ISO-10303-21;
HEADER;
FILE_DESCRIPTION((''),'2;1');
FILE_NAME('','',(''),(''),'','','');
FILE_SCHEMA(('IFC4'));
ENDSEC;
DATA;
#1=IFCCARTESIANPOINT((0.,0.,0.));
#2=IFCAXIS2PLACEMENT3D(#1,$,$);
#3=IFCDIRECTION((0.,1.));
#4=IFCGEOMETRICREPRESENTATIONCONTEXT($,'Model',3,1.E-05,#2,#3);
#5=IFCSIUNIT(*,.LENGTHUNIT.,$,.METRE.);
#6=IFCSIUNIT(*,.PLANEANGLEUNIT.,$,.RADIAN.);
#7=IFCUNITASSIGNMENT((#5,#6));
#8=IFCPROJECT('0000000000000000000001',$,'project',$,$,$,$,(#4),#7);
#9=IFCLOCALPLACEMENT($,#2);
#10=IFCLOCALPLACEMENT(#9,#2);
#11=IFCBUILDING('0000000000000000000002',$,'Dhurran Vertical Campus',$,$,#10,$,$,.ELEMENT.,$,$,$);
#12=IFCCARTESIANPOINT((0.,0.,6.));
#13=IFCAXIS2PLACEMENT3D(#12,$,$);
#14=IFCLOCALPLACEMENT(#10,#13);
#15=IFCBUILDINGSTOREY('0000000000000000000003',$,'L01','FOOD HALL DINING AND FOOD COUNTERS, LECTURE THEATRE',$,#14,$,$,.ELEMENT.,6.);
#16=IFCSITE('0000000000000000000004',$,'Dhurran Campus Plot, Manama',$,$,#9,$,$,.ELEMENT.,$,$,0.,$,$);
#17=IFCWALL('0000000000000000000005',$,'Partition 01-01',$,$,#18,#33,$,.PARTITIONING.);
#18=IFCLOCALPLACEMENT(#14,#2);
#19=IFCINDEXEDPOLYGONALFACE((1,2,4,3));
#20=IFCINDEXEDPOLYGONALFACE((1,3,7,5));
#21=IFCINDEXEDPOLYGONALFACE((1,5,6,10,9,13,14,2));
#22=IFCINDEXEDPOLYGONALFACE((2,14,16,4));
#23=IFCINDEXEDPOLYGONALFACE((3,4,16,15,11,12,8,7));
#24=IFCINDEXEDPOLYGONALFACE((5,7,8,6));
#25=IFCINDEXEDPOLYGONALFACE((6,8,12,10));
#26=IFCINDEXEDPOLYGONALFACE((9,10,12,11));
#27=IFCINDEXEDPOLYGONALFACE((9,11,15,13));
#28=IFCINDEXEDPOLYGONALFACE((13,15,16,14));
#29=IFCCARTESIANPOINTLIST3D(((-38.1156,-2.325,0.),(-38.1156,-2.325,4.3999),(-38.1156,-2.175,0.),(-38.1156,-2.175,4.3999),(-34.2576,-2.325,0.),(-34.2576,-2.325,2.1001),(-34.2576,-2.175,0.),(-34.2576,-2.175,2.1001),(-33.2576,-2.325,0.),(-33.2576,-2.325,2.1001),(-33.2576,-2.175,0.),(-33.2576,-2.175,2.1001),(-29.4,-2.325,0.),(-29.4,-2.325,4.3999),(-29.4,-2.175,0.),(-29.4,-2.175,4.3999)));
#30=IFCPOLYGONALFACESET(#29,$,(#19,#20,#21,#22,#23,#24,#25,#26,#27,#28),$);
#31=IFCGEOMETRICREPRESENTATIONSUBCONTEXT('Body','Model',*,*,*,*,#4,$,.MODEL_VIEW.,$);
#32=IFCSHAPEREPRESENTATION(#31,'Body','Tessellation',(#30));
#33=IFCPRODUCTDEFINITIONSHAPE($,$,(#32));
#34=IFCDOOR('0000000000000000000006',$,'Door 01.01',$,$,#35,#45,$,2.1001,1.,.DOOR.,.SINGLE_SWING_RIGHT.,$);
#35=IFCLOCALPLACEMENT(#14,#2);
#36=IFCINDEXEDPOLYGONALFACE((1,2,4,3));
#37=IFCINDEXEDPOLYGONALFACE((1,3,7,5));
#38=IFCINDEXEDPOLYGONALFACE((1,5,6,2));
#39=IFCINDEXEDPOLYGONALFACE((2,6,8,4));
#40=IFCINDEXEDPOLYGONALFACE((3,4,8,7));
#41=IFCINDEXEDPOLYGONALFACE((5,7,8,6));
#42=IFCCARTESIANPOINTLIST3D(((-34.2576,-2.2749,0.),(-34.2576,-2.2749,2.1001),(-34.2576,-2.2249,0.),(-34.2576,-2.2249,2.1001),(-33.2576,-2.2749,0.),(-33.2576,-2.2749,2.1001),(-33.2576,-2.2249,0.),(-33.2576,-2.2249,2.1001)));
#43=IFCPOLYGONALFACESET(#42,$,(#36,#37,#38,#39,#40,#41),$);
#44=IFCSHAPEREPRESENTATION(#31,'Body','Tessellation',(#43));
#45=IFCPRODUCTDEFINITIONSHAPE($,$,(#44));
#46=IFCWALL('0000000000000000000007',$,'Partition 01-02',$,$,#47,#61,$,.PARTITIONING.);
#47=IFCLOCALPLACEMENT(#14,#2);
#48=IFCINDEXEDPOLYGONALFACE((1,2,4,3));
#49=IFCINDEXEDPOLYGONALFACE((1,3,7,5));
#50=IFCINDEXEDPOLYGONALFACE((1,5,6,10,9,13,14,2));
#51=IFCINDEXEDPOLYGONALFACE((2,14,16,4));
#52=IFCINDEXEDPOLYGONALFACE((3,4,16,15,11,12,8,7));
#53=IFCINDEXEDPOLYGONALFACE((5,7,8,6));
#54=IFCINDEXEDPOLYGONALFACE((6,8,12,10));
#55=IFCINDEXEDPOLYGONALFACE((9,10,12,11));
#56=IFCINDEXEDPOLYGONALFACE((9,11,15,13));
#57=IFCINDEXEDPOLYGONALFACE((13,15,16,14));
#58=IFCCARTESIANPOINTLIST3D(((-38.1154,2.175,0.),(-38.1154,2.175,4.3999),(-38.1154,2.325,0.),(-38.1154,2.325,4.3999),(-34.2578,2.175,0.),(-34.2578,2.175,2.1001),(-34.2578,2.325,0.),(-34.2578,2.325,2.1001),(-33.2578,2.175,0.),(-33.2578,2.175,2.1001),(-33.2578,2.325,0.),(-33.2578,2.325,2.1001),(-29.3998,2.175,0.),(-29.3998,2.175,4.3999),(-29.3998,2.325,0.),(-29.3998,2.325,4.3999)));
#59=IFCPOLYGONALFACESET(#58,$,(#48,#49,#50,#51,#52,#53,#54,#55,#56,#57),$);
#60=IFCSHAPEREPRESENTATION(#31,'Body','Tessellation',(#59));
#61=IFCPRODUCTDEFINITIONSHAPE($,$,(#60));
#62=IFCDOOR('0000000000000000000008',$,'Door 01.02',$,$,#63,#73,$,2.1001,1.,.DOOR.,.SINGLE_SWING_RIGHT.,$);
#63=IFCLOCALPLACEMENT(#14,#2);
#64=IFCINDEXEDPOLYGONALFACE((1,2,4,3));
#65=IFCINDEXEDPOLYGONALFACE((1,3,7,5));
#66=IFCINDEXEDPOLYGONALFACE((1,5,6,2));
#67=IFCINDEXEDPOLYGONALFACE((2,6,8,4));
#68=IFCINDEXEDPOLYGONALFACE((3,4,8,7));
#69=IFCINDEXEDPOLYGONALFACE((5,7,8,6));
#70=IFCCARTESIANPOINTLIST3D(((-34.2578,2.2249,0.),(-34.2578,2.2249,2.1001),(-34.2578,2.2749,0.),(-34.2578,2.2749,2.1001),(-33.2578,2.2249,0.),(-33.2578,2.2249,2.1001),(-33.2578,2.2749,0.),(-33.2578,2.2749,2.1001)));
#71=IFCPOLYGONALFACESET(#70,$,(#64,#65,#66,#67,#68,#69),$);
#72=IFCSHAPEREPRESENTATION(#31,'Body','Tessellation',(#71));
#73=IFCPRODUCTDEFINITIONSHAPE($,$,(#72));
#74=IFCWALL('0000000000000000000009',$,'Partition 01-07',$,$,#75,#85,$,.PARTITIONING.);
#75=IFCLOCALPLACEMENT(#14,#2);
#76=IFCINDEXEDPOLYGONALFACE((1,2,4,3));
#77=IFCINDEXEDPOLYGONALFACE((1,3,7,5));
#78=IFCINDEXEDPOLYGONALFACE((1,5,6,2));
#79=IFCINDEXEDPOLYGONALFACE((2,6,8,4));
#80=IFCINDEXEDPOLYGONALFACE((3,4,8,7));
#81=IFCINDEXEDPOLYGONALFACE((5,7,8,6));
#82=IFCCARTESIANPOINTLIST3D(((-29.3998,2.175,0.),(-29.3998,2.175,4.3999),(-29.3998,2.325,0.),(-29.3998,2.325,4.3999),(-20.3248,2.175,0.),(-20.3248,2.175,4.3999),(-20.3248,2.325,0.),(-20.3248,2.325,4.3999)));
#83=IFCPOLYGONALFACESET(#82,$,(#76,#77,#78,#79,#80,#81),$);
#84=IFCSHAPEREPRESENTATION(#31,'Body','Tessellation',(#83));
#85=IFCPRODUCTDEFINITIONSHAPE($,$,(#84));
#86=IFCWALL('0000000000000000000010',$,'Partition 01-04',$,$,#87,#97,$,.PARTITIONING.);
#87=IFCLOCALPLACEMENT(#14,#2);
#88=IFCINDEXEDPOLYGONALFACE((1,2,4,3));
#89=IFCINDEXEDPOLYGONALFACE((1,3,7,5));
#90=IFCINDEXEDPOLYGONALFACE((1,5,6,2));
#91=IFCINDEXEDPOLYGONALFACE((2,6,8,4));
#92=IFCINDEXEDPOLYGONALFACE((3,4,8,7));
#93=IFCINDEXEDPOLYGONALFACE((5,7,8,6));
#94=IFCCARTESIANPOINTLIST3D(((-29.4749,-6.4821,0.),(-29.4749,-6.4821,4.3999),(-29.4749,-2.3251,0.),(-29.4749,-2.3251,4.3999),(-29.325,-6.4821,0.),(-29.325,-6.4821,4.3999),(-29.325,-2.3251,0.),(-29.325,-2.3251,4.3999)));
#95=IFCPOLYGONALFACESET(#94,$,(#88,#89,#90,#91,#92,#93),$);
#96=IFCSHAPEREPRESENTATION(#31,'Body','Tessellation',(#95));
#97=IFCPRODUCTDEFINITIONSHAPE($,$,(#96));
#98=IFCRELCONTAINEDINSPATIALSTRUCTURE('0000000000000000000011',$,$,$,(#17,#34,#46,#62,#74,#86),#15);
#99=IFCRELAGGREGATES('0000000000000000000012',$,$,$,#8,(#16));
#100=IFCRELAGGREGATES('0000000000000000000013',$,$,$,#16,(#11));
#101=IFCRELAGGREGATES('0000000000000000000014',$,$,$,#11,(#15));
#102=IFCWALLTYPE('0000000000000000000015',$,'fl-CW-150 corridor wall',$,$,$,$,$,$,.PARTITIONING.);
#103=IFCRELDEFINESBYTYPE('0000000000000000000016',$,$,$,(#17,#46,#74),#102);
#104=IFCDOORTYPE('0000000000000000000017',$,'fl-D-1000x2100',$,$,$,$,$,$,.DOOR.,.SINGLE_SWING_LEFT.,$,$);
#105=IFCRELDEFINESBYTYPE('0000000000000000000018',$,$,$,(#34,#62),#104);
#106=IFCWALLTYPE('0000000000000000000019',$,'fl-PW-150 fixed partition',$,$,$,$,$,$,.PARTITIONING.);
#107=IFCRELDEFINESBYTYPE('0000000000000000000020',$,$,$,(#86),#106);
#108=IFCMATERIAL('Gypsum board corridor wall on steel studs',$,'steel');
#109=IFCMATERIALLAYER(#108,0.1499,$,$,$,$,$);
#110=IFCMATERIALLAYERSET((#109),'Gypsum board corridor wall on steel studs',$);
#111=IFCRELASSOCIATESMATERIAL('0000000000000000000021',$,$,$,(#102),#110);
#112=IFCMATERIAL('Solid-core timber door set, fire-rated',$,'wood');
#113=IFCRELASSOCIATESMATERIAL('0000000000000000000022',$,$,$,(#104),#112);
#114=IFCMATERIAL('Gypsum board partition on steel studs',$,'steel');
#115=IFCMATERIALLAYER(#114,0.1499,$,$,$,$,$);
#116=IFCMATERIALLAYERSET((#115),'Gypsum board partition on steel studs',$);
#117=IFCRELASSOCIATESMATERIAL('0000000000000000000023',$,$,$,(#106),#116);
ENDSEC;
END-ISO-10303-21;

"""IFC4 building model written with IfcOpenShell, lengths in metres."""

from ifc_helpers import new_model, si_unit, direction, frame, frame_2d, origin, place, context, subcontext, project, spatial, rectangle, extrude, material, layer, layer_set, type_object, element, fill, save


model = new_model("IFC4")

# Units and contexts
model_context = context("Model", 3, precision=1e-05, world=origin(), true_north=direction((0.0, 1.0)))
body_context = subcontext(model_context, "Body", "Model", "MODEL_VIEW")
ifc_project = project(units=[si_unit("LENGTHUNIT", "METRE"), si_unit("PLANEANGLEUNIT", "RADIAN")], contexts=[model_context])

# Site, building, storey
site_placement = place(None, origin())
site = spatial("IfcSite", under=ifc_project, at=site_placement, Name="Dhurran Campus Plot, Manama", CompositionType="ELEMENT", RefElevation=0.0)
building_placement = place(site_placement, origin())
building = spatial("IfcBuilding", under=site, at=building_placement, Name="Dhurran Vertical Campus", CompositionType="ELEMENT")
storey_placement = place(building_placement, frame((0.0, 0.0, 6.0)))
storey = spatial("IfcBuildingStorey", under=building, at=storey_placement, Name="L01", Description="FOOD HALL DINING AND FOOD COUNTERS, LECTURE THEATRE", CompositionType="ELEMENT", Elevation=6.0)

# Shared definitions
ifc_material_1 = material(Name="Gypsum board corridor wall on steel studs", Category="steel")
ifc_layer_1 = layer(ifc_material_1, 0.1499)
ifc_layer_set_1 = layer_set([ifc_layer_1], Name="Gypsum board corridor wall on steel studs")
wall_type_1 = type_object("IfcWallType", Name="fl-CW-150 corridor wall", PredefinedType="PARTITIONING", material=ifc_layer_set_1)

# Walls, openings, doors
wall_1_placement = place(storey_placement, frame((-29.3999, -2.25, 0.0), z_axis=(0.0, 0.0, 1.0), x_axis=(-1.0, 0.0, 0.0)))
wall_1 = element("IfcWall", 1, at=wall_1_placement, inside=storey, type_object=wall_type_1, Name="Partition 01-01", PredefinedType="PARTITIONING", context=body_context, shape_type="SweptSolid", body=[
    extrude(rectangle(XDim=8.7156, YDim=0.1499, at=frame_2d((4.3579, 0.0))), origin(), (0.0, 0.0, 1.0), 4.3999),
])
opening_1_placement = place(wall_1_placement, frame((3.8577, 0.0, 0.0)))
opening_1 = element("IfcOpeningElement", 2, at=opening_1_placement, cuts=wall_1, PredefinedType="OPENING", context=body_context, shape_type="SweptSolid", body=[
    extrude(rectangle(XDim=1.0, YDim=2.1001, at=frame_2d((0.5, 1.05))), frame((0.0, 0.085, 0.0), z_axis=(0.0, -1.0, 0.0), x_axis=(1.0, 0.0, 0.0)), (0.0, 0.0, 1.0), 0.1699),
])
ifc_material_2 = material(Name="Solid-core timber door set, fire-rated", Category="wood")
door_type = type_object("IfcDoorType", Name="fl-D-1000x2100", OperationType="SINGLE_SWING_LEFT", PredefinedType="DOOR", material=ifc_material_2)
door_1_placement = place(opening_1_placement, origin())
door_1 = element("IfcDoor", 3, at=door_1_placement, inside=storey, type_object=door_type, Name="Door 01.01", OperationType="SINGLE_SWING_RIGHT", OverallHeight=2.1001, OverallWidth=1.0, PredefinedType="DOOR", context=body_context, shape_type="SweptSolid", body=[
    extrude(rectangle(XDim=1.0, YDim=2.1001, at=frame_2d((0.5, 1.05))), frame((0.0, 0.0249, 0.0), z_axis=(0.0, -1.0, 0.0), x_axis=(1.0, 0.0, 0.0)), (0.0, 0.0, 1.0), 0.05),
])
fill(opening_1, door_1)
wall_2_placement = place(storey_placement, frame((-38.1155, 2.25, 0.0), z_axis=(0.0, 0.0, 1.0), x_axis=(1.0, 0.0, 0.0)))
wall_2 = element("IfcWall", 4, at=wall_2_placement, inside=storey, type_object=wall_type_1, Name="Partition 01-02", PredefinedType="PARTITIONING", context=body_context, shape_type="SweptSolid", body=[
    extrude(rectangle(XDim=8.7156, YDim=0.1499, at=frame_2d((4.3579, 0.0))), origin(), (0.0, 0.0, 1.0), 4.3999),
])
opening_2_placement = place(wall_2_placement, frame((3.8577, 0.0, 0.0)))
opening_2 = element("IfcOpeningElement", 5, at=opening_2_placement, cuts=wall_2, PredefinedType="OPENING", context=body_context, shape_type="SweptSolid", body=[
    extrude(rectangle(XDim=1.0, YDim=2.1001, at=frame_2d((0.5, 1.05))), frame((0.0, 0.085, 0.0), z_axis=(0.0, -1.0, 0.0), x_axis=(1.0, 0.0, 0.0)), (0.0, 0.0, 1.0), 0.1699),
])
door_2_placement = place(opening_2_placement, origin())
door_2 = element("IfcDoor", 6, at=door_2_placement, inside=storey, type_object=door_type, Name="Door 01.02", OperationType="SINGLE_SWING_RIGHT", OverallHeight=2.1001, OverallWidth=1.0, PredefinedType="DOOR", context=body_context, shape_type="SweptSolid", body=[
    extrude(rectangle(XDim=1.0, YDim=2.1001, at=frame_2d((0.5, 1.05))), frame((0.0, 0.0249, 0.0), z_axis=(0.0, -1.0, 0.0), x_axis=(1.0, 0.0, 0.0)), (0.0, 0.0, 1.0), 0.05),
])
fill(opening_2, door_2)

# Walls
wall_3_placement = place(storey_placement, frame((-29.3999, 2.25, 0.0), z_axis=(0.0, 0.0, 1.0), x_axis=(1.0, 0.0, 0.0)))
element("IfcWall", 7, at=wall_3_placement, inside=storey, type_object=wall_type_1, Name="Partition 01-07", PredefinedType="PARTITIONING", context=body_context, shape_type="SweptSolid", body=[
    extrude(rectangle(XDim=9.075, YDim=0.1499, at=frame_2d((4.5376, 0.0))), origin(), (0.0, 0.0, 1.0), 4.3999),
])
ifc_material_3 = material(Name="Gypsum board partition on steel studs", Category="steel")
ifc_layer_2 = layer(ifc_material_3, 0.1499)
ifc_layer_set_2 = layer_set([ifc_layer_2], Name="Gypsum board partition on steel studs")
wall_type_2 = type_object("IfcWallType", Name="fl-PW-150 fixed partition", PredefinedType="PARTITIONING", material=ifc_layer_set_2)
wall_4_placement = place(storey_placement, frame((-29.3999, -2.325, 0.0), z_axis=(0.0, 0.0, 1.0), x_axis=(0.0, -1.0, 0.0)))
element("IfcWall", 8, at=wall_4_placement, inside=storey, type_object=wall_type_2, Name="Partition 01-04", PredefinedType="PARTITIONING", context=body_context, shape_type="SweptSolid", body=[
    extrude(rectangle(XDim=4.157, YDim=0.1499, at=frame_2d((2.0786, 0.0))), origin(), (0.0, 0.0, 1.0), 4.3999),
])

save(model, "model.ifc")
